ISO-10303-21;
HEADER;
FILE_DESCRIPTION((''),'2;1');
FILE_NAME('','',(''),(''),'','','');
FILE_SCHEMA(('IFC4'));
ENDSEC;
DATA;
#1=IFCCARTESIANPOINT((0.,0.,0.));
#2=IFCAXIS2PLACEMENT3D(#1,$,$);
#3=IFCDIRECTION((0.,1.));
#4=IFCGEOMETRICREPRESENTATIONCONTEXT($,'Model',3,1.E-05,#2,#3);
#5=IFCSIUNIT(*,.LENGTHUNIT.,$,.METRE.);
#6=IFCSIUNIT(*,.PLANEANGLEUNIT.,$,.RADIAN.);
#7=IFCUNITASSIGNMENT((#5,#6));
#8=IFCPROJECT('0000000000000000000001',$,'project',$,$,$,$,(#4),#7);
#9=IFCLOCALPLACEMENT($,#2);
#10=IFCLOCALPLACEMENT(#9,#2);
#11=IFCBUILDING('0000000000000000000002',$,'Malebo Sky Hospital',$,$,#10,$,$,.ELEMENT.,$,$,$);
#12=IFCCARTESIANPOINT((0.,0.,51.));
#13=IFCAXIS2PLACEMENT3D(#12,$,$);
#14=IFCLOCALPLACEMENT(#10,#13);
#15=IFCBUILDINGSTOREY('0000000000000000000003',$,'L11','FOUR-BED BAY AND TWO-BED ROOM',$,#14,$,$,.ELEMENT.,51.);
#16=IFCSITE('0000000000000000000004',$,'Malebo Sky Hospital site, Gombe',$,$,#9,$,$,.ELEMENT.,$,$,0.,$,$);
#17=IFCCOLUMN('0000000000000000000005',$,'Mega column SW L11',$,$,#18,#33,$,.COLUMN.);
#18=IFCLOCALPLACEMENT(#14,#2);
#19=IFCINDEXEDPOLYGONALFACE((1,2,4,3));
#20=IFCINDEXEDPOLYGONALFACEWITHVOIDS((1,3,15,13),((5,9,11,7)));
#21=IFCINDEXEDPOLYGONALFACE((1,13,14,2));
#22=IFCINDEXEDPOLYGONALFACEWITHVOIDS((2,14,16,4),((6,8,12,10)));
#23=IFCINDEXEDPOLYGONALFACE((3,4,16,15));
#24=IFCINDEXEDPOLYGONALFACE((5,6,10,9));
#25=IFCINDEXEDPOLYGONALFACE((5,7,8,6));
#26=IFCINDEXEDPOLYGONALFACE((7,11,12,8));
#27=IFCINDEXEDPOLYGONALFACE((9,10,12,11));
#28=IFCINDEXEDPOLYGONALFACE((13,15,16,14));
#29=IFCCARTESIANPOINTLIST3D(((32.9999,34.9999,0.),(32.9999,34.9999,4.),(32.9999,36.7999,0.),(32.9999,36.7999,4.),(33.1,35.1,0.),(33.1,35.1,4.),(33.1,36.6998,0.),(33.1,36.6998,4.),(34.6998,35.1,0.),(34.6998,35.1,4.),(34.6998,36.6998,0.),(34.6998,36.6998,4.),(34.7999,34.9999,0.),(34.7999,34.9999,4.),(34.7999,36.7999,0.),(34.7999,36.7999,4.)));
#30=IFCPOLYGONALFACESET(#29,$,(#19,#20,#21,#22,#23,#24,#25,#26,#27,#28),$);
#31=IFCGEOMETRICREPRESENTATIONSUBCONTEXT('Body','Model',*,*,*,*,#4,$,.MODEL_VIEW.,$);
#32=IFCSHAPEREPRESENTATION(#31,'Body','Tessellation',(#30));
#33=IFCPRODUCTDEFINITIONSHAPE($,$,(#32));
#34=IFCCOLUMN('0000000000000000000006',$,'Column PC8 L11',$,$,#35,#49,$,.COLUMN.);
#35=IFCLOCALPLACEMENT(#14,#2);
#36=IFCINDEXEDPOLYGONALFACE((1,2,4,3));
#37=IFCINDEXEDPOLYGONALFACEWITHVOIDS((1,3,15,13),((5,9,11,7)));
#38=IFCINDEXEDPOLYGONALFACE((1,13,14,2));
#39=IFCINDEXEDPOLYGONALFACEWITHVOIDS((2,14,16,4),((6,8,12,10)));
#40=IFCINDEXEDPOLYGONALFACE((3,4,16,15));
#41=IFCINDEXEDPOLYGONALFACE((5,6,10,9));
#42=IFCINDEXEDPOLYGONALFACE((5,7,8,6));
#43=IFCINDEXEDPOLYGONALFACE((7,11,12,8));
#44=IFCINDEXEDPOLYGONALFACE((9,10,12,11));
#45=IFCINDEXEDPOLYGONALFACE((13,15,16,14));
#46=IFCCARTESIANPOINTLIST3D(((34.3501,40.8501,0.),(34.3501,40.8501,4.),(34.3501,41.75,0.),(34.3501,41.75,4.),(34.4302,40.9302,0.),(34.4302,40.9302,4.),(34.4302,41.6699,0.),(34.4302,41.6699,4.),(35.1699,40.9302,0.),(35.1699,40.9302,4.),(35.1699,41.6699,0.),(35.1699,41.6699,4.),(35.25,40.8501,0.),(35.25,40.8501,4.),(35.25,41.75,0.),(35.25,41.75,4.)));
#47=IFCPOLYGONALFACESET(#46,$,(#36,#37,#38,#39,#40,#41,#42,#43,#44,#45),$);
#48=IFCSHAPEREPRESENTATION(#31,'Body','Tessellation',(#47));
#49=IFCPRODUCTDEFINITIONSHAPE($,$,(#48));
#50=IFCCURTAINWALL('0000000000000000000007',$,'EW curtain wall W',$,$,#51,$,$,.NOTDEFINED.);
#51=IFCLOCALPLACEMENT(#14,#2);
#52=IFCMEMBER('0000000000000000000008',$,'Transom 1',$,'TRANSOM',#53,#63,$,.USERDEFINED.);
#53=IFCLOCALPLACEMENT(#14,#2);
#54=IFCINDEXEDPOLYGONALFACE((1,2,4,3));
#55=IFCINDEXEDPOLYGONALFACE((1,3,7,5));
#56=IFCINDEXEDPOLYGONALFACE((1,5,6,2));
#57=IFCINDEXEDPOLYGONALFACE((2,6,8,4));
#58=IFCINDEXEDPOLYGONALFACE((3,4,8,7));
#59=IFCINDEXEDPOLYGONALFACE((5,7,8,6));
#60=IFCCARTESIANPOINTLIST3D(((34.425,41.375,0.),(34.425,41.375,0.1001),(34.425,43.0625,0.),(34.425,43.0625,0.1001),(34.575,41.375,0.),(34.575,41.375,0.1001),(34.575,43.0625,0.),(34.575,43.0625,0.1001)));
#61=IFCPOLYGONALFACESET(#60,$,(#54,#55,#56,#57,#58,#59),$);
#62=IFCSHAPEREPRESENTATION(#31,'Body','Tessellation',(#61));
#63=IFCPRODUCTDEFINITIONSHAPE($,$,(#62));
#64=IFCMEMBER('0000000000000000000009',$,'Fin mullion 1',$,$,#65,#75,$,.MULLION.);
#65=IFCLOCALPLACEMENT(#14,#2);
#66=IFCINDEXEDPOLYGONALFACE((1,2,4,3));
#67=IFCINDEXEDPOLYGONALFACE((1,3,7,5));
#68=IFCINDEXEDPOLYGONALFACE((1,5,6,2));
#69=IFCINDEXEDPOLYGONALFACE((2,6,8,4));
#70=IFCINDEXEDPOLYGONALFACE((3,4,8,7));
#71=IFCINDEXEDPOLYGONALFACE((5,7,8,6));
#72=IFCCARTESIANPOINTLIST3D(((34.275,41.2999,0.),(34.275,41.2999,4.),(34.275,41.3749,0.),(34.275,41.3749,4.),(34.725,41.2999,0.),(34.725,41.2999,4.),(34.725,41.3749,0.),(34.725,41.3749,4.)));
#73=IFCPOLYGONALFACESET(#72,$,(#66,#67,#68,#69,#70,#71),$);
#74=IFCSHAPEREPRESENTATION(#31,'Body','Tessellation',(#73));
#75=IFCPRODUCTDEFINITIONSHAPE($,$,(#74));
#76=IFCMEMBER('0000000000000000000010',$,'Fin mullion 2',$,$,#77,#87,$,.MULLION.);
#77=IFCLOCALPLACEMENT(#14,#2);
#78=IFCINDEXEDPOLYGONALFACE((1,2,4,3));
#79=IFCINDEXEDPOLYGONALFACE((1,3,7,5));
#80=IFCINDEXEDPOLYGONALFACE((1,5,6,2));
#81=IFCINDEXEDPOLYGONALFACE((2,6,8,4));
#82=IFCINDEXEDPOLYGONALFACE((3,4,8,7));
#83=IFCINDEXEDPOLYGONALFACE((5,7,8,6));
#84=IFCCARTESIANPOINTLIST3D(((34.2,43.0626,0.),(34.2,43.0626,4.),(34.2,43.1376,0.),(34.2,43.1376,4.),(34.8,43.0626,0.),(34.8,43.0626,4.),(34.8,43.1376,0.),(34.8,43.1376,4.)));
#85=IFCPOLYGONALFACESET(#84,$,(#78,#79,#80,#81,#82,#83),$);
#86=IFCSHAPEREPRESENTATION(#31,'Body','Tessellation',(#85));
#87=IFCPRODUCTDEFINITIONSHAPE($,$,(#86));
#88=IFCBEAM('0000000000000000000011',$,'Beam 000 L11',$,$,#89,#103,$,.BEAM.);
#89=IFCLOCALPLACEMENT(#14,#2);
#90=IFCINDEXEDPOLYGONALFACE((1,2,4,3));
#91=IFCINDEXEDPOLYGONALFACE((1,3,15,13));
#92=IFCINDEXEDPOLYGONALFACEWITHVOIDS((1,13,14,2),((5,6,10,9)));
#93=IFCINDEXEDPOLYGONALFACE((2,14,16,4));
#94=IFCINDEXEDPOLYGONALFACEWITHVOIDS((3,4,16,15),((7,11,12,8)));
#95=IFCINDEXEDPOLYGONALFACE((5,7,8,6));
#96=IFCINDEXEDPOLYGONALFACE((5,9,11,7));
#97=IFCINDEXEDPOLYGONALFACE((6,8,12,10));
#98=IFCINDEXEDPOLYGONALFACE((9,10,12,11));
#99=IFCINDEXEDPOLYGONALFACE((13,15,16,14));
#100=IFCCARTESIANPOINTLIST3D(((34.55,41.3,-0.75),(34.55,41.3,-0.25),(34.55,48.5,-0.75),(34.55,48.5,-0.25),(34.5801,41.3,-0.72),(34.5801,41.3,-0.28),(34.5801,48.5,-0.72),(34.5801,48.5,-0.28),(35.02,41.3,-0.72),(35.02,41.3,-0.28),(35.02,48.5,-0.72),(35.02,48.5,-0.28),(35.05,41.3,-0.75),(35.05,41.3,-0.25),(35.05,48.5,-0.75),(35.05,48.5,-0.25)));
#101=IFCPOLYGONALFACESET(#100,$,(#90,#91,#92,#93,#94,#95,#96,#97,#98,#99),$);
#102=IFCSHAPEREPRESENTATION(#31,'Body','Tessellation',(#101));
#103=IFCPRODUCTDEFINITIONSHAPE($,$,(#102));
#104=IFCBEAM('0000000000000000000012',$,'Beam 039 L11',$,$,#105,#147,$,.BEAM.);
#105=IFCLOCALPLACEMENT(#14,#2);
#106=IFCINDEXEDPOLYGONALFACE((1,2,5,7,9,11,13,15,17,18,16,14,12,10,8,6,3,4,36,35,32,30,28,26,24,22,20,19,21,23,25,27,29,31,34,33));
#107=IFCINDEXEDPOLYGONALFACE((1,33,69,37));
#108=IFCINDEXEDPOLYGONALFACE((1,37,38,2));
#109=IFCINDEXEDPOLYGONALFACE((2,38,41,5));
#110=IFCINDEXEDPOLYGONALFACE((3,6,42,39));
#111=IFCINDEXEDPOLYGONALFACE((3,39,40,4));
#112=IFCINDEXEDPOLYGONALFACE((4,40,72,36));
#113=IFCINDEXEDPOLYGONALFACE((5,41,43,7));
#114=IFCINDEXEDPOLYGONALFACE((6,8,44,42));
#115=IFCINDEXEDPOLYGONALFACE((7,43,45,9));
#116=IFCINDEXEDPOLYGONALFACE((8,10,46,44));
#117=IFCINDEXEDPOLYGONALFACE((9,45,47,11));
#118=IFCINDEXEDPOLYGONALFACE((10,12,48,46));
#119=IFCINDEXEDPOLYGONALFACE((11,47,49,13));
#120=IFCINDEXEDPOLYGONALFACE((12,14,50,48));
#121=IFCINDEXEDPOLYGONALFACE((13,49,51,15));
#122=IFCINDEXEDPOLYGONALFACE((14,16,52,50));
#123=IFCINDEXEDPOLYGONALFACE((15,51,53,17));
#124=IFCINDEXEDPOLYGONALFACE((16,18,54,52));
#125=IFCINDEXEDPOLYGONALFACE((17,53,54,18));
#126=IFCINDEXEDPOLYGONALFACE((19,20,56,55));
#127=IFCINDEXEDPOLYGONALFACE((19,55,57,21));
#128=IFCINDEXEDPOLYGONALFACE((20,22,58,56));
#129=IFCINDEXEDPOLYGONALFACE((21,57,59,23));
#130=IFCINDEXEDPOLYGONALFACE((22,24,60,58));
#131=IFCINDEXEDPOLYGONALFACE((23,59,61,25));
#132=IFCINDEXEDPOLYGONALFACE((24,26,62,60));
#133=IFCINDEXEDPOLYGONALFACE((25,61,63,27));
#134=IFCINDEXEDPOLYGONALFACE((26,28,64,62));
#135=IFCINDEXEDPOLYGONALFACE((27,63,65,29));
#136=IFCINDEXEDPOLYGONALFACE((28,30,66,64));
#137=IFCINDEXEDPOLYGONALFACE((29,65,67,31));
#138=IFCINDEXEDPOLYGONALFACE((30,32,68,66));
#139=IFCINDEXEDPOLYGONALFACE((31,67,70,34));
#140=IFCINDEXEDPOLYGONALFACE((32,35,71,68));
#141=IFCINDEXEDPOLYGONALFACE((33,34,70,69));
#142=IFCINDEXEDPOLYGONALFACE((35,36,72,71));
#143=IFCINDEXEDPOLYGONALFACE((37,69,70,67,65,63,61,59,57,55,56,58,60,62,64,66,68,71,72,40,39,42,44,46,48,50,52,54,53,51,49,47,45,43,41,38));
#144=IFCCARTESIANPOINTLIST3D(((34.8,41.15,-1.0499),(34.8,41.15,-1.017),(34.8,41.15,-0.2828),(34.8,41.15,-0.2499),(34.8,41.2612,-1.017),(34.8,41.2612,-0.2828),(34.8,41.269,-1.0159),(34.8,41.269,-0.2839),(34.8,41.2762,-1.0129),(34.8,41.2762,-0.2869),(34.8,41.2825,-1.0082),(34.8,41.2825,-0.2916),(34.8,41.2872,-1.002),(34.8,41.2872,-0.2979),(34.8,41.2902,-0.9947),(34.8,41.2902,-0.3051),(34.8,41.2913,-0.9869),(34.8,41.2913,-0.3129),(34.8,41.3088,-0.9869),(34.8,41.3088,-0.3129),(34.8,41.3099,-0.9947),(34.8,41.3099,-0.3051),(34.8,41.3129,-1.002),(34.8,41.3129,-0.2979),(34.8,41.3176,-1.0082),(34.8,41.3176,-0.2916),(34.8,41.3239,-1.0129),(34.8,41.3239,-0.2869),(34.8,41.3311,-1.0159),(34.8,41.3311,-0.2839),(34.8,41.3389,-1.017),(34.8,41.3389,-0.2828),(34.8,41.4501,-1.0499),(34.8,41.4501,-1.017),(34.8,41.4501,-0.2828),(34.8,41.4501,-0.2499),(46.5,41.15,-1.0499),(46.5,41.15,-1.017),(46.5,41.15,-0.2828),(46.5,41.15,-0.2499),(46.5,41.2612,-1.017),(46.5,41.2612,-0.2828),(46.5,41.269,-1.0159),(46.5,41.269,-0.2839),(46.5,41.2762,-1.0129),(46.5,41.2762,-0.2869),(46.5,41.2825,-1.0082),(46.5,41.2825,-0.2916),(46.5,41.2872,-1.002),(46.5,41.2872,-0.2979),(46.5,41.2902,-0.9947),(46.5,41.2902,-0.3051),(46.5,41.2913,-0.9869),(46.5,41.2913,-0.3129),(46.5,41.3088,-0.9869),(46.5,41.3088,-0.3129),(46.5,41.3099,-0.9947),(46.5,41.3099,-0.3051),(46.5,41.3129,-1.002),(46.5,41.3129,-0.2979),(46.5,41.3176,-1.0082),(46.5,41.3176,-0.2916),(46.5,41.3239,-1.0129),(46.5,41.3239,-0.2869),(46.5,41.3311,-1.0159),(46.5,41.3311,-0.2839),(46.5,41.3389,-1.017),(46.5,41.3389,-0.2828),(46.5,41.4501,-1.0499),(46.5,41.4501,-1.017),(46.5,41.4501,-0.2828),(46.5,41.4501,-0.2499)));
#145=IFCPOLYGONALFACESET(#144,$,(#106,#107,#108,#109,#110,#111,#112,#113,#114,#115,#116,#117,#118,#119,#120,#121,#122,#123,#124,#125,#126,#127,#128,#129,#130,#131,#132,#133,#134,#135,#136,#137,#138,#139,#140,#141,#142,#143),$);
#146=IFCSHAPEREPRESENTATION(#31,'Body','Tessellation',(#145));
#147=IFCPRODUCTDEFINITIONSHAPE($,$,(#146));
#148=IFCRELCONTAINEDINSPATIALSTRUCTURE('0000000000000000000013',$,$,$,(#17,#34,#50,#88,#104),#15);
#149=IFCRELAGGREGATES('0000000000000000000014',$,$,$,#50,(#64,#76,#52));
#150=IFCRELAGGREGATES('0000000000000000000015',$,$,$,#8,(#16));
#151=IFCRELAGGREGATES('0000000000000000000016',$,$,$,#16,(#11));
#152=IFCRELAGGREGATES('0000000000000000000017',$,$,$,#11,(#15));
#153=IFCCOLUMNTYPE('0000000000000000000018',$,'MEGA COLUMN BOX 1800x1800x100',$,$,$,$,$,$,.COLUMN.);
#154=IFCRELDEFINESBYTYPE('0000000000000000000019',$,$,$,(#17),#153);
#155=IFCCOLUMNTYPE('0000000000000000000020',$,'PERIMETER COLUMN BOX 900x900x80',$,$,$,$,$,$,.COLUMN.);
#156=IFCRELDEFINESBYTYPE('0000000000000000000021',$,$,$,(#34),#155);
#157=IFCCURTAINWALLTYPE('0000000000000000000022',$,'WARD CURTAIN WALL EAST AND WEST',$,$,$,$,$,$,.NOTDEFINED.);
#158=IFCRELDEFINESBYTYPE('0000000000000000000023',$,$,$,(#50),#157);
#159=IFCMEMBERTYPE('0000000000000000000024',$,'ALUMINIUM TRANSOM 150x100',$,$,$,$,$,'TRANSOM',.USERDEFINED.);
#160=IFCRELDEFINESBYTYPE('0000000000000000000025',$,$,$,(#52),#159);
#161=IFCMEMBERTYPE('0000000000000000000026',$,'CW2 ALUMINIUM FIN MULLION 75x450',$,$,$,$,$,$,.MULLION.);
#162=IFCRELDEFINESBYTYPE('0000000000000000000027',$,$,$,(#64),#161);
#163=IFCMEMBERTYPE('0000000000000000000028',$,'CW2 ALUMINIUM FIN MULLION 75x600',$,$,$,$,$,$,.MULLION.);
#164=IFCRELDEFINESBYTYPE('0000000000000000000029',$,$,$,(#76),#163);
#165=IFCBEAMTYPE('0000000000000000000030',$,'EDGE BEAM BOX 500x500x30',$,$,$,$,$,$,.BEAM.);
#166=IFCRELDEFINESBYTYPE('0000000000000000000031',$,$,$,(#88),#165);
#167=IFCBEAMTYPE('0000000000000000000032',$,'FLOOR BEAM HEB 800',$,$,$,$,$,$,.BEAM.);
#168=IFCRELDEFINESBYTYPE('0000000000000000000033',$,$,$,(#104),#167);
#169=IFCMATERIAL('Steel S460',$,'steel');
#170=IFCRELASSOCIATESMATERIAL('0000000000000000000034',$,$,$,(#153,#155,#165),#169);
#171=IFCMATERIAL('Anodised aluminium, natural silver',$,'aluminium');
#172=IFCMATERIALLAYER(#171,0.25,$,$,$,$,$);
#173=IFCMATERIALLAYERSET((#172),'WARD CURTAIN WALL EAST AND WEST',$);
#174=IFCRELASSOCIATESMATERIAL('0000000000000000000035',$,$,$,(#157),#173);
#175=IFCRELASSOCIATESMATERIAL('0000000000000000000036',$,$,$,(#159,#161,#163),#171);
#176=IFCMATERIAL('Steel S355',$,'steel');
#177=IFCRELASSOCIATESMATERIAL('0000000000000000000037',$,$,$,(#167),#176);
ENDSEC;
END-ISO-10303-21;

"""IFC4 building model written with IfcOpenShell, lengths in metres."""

from ifc_helpers import new_model, si_unit, direction, frame, origin, origin_2d, place, context, subcontext, project, spatial, rectangle, hollow_rectangle, i_section, extrude, material, layer, layer_set, material_profile, profile_set, type_object, element, aggregate, save


model = new_model("IFC4")

# Units and contexts
model_context = context("Model", 3, precision=1e-05, world=origin(), true_north=direction((0.0, 1.0)))
body_context = subcontext(model_context, "Body", "Model", "MODEL_VIEW")
ifc_project = project(units=[si_unit("LENGTHUNIT", "METRE"), si_unit("PLANEANGLEUNIT", "RADIAN")], contexts=[model_context])

# Site, building, storey
site_placement = place(None, origin())
site = spatial("IfcSite", under=ifc_project, at=site_placement, Name="Malebo Sky Hospital site, Gombe", CompositionType="ELEMENT", RefElevation=0.0)
building_placement = place(site_placement, origin())
building = spatial("IfcBuilding", under=site, at=building_placement, Name="Malebo Sky Hospital", CompositionType="ELEMENT")
storey_placement = place(building_placement, frame((0.0, 0.0, 51.0)))
storey = spatial("IfcBuildingStorey", under=building, at=storey_placement, Name="L11", Description="FOUR-BED BAY AND TWO-BED ROOM", CompositionType="ELEMENT", Elevation=51.0)

# Columns
ifc_material_1 = material(Name="Steel S460", Category="steel")
ifc_material_profile_1 = material_profile(ifc_material_1, hollow_rectangle(XDim=1.8, YDim=1.8, WallThickness=0.1001, at=origin_2d()), Name="BOX 1800x1800x100")
ifc_profile_set_1 = profile_set([ifc_material_profile_1], Name="Steel S460")
column_type_1 = type_object("IfcColumnType", Name="MEGA COLUMN BOX 1800x1800x100", PredefinedType="COLUMN", material=ifc_profile_set_1)
column_1_placement = place(storey_placement, frame((33.8999, 35.8999, 0.0), z_axis=(0.0, 0.0, 1.0), x_axis=(1.0, 0.0, 0.0)))
element("IfcColumn", 1, at=column_1_placement, inside=storey, type_object=column_type_1, Name="Mega column SW L11", PredefinedType="COLUMN", context=body_context, shape_type="SweptSolid", body=[
    extrude(hollow_rectangle(XDim=1.8, YDim=1.8, WallThickness=0.1001, at=origin_2d()), origin(), (0.0, 0.0, 1.0), 4.0),
])
ifc_material_profile_2 = material_profile(ifc_material_1, hollow_rectangle(XDim=0.8999, YDim=0.8999, WallThickness=0.0801, at=origin_2d()), Name="BOX 900x900x80")
ifc_profile_set_2 = profile_set([ifc_material_profile_2], Name="Steel S460")
column_type_2 = type_object("IfcColumnType", Name="PERIMETER COLUMN BOX 900x900x80", PredefinedType="COLUMN", material=ifc_profile_set_2)
column_2_placement = place(storey_placement, frame((34.8, 41.3, 0.0), z_axis=(0.0, 0.0, 1.0), x_axis=(1.0, 0.0, 0.0)))
element("IfcColumn", 2, at=column_2_placement, inside=storey, type_object=column_type_2, Name="Column PC8 L11", PredefinedType="COLUMN", context=body_context, shape_type="SweptSolid", body=[
    extrude(hollow_rectangle(XDim=0.8999, YDim=0.8999, WallThickness=0.0801, at=origin_2d()), origin(), (0.0, 0.0, 1.0), 4.0),
])

# Curtain wall, members
ifc_material_2 = material(Name="Anodised aluminium, natural silver", Category="aluminium")
ifc_layer_1 = layer(ifc_material_2, 0.25)
ifc_layer_set_1 = layer_set([ifc_layer_1], Name="WARD CURTAIN WALL EAST AND WEST")
curtain_wall_type = type_object("IfcCurtainWallType", Name="WARD CURTAIN WALL EAST AND WEST", PredefinedType="NOTDEFINED", material=ifc_layer_set_1)
curtain_wall_placement = place(storey_placement, origin())
curtain_wall = element("IfcCurtainWall", 3, at=curtain_wall_placement, inside=storey, type_object=curtain_wall_type, Name="EW curtain wall W", PredefinedType="NOTDEFINED")
ifc_material_profile_3 = material_profile(ifc_material_2, rectangle(XDim=0.1499, YDim=0.1001, at=origin_2d()), Name="ALUMINIUM TRANSOM 150x100")
ifc_profile_set_3 = profile_set([ifc_material_profile_3], Name="Anodised aluminium, natural silver")
member_type_1 = type_object("IfcMemberType", Name="ALUMINIUM TRANSOM 150x100", ElementType="TRANSOM", PredefinedType="USERDEFINED", material=ifc_profile_set_3)
member_1_placement = place(storey_placement, frame((34.5, 41.375, 0.05), z_axis=(0.0, 1.0, 0.0), x_axis=(-1.0, 0.0, 0.0)))
member_1 = element("IfcMember", 4, at=member_1_placement, type_object=member_type_1, Name="Transom 1", ObjectType="TRANSOM", PredefinedType="USERDEFINED", context=body_context, shape_type="SweptSolid", body=[
    extrude(rectangle(XDim=0.1499, YDim=0.1001, at=origin_2d()), origin(), (0.0, 0.0, 1.0), 1.6875),
])
ifc_material_profile_4 = material_profile(ifc_material_2, rectangle(XDim=0.075, YDim=0.45, at=origin_2d()), Name="CW2 ALUMINIUM FIN MULLION 75x450")
ifc_profile_set_4 = profile_set([ifc_material_profile_4], Name="Anodised aluminium, natural silver")
member_type_2 = type_object("IfcMemberType", Name="CW2 ALUMINIUM FIN MULLION 75x450", PredefinedType="MULLION", material=ifc_profile_set_4)
member_2_placement = place(storey_placement, frame((34.5, 41.3374, 0.0), z_axis=(0.0, 0.0, 1.0), x_axis=(0.0, 1.0, 0.0)))
member_2 = element("IfcMember", 5, at=member_2_placement, type_object=member_type_2, Name="Fin mullion 1", PredefinedType="MULLION", context=body_context, shape_type="SweptSolid", body=[
    extrude(rectangle(XDim=0.075, YDim=0.45, at=origin_2d()), origin(), (0.0, 0.0, 1.0), 4.0),
])
ifc_material_profile_5 = material_profile(ifc_material_2, rectangle(XDim=0.075, YDim=0.6001, at=origin_2d()), Name="CW2 ALUMINIUM FIN MULLION 75x600")
ifc_profile_set_5 = profile_set([ifc_material_profile_5], Name="Anodised aluminium, natural silver")
member_type_3 = type_object("IfcMemberType", Name="CW2 ALUMINIUM FIN MULLION 75x600", PredefinedType="MULLION", material=ifc_profile_set_5)
member_3_placement = place(storey_placement, frame((34.5, 43.1001, 0.0), z_axis=(0.0, 0.0, 1.0), x_axis=(0.0, 1.0, 0.0)))
member_3 = element("IfcMember", 6, at=member_3_placement, type_object=member_type_3, Name="Fin mullion 2", PredefinedType="MULLION", context=body_context, shape_type="SweptSolid", body=[
    extrude(rectangle(XDim=0.075, YDim=0.6001, at=origin_2d()), origin(), (0.0, 0.0, 1.0), 4.0),
])

# Beams
ifc_material_profile_6 = material_profile(ifc_material_1, hollow_rectangle(XDim=0.5, YDim=0.5, WallThickness=0.03, at=origin_2d()), Name="BOX 500x500x30")
ifc_profile_set_6 = profile_set([ifc_material_profile_6], Name="Steel S460")
beam_type_1 = type_object("IfcBeamType", Name="EDGE BEAM BOX 500x500x30", PredefinedType="BEAM", material=ifc_profile_set_6)
beam_1_placement = place(storey_placement, frame((34.8, 41.3, -0.5), z_axis=(0.0, 1.0, 0.0), x_axis=(-1.0, 0.0, 0.0)))
element("IfcBeam", 7, at=beam_1_placement, inside=storey, type_object=beam_type_1, Name="Beam 000 L11", PredefinedType="BEAM", context=body_context, shape_type="SweptSolid", body=[
    extrude(hollow_rectangle(XDim=0.5, YDim=0.5, WallThickness=0.03, at=origin_2d()), origin(), (0.0, 0.0, 1.0), 7.2),
])
ifc_material_3 = material(Name="Steel S355", Category="steel")
ifc_material_profile_7 = material_profile(ifc_material_3, i_section(OverallWidth=0.3, OverallDepth=0.8, WebThickness=0.0176, FlangeThickness=0.033, FilletRadius=0.03, at=origin_2d()), Name="HEB 800")
ifc_profile_set_7 = profile_set([ifc_material_profile_7], Name="Steel S355")
beam_type_2 = type_object("IfcBeamType", Name="FLOOR BEAM HEB 800", PredefinedType="BEAM", material=ifc_profile_set_7)
beam_2_placement = place(storey_placement, frame((34.8, 41.3, -0.6499), z_axis=(1.0, 0.0, 0.0), x_axis=(0.0, 1.0, 0.0)))
element("IfcBeam", 8, at=beam_2_placement, inside=storey, type_object=beam_type_2, Name="Beam 039 L11", PredefinedType="BEAM", context=body_context, shape_type="SweptSolid", body=[
    extrude(i_section(OverallWidth=0.3, OverallDepth=0.8, WebThickness=0.0176, FlangeThickness=0.033, FilletRadius=0.03, at=origin_2d()), origin(), (0.0, 0.0, 1.0), 11.7),
])

aggregate(curtain_wall, [member_2, member_3, member_1])

save(model, "model.ifc")
